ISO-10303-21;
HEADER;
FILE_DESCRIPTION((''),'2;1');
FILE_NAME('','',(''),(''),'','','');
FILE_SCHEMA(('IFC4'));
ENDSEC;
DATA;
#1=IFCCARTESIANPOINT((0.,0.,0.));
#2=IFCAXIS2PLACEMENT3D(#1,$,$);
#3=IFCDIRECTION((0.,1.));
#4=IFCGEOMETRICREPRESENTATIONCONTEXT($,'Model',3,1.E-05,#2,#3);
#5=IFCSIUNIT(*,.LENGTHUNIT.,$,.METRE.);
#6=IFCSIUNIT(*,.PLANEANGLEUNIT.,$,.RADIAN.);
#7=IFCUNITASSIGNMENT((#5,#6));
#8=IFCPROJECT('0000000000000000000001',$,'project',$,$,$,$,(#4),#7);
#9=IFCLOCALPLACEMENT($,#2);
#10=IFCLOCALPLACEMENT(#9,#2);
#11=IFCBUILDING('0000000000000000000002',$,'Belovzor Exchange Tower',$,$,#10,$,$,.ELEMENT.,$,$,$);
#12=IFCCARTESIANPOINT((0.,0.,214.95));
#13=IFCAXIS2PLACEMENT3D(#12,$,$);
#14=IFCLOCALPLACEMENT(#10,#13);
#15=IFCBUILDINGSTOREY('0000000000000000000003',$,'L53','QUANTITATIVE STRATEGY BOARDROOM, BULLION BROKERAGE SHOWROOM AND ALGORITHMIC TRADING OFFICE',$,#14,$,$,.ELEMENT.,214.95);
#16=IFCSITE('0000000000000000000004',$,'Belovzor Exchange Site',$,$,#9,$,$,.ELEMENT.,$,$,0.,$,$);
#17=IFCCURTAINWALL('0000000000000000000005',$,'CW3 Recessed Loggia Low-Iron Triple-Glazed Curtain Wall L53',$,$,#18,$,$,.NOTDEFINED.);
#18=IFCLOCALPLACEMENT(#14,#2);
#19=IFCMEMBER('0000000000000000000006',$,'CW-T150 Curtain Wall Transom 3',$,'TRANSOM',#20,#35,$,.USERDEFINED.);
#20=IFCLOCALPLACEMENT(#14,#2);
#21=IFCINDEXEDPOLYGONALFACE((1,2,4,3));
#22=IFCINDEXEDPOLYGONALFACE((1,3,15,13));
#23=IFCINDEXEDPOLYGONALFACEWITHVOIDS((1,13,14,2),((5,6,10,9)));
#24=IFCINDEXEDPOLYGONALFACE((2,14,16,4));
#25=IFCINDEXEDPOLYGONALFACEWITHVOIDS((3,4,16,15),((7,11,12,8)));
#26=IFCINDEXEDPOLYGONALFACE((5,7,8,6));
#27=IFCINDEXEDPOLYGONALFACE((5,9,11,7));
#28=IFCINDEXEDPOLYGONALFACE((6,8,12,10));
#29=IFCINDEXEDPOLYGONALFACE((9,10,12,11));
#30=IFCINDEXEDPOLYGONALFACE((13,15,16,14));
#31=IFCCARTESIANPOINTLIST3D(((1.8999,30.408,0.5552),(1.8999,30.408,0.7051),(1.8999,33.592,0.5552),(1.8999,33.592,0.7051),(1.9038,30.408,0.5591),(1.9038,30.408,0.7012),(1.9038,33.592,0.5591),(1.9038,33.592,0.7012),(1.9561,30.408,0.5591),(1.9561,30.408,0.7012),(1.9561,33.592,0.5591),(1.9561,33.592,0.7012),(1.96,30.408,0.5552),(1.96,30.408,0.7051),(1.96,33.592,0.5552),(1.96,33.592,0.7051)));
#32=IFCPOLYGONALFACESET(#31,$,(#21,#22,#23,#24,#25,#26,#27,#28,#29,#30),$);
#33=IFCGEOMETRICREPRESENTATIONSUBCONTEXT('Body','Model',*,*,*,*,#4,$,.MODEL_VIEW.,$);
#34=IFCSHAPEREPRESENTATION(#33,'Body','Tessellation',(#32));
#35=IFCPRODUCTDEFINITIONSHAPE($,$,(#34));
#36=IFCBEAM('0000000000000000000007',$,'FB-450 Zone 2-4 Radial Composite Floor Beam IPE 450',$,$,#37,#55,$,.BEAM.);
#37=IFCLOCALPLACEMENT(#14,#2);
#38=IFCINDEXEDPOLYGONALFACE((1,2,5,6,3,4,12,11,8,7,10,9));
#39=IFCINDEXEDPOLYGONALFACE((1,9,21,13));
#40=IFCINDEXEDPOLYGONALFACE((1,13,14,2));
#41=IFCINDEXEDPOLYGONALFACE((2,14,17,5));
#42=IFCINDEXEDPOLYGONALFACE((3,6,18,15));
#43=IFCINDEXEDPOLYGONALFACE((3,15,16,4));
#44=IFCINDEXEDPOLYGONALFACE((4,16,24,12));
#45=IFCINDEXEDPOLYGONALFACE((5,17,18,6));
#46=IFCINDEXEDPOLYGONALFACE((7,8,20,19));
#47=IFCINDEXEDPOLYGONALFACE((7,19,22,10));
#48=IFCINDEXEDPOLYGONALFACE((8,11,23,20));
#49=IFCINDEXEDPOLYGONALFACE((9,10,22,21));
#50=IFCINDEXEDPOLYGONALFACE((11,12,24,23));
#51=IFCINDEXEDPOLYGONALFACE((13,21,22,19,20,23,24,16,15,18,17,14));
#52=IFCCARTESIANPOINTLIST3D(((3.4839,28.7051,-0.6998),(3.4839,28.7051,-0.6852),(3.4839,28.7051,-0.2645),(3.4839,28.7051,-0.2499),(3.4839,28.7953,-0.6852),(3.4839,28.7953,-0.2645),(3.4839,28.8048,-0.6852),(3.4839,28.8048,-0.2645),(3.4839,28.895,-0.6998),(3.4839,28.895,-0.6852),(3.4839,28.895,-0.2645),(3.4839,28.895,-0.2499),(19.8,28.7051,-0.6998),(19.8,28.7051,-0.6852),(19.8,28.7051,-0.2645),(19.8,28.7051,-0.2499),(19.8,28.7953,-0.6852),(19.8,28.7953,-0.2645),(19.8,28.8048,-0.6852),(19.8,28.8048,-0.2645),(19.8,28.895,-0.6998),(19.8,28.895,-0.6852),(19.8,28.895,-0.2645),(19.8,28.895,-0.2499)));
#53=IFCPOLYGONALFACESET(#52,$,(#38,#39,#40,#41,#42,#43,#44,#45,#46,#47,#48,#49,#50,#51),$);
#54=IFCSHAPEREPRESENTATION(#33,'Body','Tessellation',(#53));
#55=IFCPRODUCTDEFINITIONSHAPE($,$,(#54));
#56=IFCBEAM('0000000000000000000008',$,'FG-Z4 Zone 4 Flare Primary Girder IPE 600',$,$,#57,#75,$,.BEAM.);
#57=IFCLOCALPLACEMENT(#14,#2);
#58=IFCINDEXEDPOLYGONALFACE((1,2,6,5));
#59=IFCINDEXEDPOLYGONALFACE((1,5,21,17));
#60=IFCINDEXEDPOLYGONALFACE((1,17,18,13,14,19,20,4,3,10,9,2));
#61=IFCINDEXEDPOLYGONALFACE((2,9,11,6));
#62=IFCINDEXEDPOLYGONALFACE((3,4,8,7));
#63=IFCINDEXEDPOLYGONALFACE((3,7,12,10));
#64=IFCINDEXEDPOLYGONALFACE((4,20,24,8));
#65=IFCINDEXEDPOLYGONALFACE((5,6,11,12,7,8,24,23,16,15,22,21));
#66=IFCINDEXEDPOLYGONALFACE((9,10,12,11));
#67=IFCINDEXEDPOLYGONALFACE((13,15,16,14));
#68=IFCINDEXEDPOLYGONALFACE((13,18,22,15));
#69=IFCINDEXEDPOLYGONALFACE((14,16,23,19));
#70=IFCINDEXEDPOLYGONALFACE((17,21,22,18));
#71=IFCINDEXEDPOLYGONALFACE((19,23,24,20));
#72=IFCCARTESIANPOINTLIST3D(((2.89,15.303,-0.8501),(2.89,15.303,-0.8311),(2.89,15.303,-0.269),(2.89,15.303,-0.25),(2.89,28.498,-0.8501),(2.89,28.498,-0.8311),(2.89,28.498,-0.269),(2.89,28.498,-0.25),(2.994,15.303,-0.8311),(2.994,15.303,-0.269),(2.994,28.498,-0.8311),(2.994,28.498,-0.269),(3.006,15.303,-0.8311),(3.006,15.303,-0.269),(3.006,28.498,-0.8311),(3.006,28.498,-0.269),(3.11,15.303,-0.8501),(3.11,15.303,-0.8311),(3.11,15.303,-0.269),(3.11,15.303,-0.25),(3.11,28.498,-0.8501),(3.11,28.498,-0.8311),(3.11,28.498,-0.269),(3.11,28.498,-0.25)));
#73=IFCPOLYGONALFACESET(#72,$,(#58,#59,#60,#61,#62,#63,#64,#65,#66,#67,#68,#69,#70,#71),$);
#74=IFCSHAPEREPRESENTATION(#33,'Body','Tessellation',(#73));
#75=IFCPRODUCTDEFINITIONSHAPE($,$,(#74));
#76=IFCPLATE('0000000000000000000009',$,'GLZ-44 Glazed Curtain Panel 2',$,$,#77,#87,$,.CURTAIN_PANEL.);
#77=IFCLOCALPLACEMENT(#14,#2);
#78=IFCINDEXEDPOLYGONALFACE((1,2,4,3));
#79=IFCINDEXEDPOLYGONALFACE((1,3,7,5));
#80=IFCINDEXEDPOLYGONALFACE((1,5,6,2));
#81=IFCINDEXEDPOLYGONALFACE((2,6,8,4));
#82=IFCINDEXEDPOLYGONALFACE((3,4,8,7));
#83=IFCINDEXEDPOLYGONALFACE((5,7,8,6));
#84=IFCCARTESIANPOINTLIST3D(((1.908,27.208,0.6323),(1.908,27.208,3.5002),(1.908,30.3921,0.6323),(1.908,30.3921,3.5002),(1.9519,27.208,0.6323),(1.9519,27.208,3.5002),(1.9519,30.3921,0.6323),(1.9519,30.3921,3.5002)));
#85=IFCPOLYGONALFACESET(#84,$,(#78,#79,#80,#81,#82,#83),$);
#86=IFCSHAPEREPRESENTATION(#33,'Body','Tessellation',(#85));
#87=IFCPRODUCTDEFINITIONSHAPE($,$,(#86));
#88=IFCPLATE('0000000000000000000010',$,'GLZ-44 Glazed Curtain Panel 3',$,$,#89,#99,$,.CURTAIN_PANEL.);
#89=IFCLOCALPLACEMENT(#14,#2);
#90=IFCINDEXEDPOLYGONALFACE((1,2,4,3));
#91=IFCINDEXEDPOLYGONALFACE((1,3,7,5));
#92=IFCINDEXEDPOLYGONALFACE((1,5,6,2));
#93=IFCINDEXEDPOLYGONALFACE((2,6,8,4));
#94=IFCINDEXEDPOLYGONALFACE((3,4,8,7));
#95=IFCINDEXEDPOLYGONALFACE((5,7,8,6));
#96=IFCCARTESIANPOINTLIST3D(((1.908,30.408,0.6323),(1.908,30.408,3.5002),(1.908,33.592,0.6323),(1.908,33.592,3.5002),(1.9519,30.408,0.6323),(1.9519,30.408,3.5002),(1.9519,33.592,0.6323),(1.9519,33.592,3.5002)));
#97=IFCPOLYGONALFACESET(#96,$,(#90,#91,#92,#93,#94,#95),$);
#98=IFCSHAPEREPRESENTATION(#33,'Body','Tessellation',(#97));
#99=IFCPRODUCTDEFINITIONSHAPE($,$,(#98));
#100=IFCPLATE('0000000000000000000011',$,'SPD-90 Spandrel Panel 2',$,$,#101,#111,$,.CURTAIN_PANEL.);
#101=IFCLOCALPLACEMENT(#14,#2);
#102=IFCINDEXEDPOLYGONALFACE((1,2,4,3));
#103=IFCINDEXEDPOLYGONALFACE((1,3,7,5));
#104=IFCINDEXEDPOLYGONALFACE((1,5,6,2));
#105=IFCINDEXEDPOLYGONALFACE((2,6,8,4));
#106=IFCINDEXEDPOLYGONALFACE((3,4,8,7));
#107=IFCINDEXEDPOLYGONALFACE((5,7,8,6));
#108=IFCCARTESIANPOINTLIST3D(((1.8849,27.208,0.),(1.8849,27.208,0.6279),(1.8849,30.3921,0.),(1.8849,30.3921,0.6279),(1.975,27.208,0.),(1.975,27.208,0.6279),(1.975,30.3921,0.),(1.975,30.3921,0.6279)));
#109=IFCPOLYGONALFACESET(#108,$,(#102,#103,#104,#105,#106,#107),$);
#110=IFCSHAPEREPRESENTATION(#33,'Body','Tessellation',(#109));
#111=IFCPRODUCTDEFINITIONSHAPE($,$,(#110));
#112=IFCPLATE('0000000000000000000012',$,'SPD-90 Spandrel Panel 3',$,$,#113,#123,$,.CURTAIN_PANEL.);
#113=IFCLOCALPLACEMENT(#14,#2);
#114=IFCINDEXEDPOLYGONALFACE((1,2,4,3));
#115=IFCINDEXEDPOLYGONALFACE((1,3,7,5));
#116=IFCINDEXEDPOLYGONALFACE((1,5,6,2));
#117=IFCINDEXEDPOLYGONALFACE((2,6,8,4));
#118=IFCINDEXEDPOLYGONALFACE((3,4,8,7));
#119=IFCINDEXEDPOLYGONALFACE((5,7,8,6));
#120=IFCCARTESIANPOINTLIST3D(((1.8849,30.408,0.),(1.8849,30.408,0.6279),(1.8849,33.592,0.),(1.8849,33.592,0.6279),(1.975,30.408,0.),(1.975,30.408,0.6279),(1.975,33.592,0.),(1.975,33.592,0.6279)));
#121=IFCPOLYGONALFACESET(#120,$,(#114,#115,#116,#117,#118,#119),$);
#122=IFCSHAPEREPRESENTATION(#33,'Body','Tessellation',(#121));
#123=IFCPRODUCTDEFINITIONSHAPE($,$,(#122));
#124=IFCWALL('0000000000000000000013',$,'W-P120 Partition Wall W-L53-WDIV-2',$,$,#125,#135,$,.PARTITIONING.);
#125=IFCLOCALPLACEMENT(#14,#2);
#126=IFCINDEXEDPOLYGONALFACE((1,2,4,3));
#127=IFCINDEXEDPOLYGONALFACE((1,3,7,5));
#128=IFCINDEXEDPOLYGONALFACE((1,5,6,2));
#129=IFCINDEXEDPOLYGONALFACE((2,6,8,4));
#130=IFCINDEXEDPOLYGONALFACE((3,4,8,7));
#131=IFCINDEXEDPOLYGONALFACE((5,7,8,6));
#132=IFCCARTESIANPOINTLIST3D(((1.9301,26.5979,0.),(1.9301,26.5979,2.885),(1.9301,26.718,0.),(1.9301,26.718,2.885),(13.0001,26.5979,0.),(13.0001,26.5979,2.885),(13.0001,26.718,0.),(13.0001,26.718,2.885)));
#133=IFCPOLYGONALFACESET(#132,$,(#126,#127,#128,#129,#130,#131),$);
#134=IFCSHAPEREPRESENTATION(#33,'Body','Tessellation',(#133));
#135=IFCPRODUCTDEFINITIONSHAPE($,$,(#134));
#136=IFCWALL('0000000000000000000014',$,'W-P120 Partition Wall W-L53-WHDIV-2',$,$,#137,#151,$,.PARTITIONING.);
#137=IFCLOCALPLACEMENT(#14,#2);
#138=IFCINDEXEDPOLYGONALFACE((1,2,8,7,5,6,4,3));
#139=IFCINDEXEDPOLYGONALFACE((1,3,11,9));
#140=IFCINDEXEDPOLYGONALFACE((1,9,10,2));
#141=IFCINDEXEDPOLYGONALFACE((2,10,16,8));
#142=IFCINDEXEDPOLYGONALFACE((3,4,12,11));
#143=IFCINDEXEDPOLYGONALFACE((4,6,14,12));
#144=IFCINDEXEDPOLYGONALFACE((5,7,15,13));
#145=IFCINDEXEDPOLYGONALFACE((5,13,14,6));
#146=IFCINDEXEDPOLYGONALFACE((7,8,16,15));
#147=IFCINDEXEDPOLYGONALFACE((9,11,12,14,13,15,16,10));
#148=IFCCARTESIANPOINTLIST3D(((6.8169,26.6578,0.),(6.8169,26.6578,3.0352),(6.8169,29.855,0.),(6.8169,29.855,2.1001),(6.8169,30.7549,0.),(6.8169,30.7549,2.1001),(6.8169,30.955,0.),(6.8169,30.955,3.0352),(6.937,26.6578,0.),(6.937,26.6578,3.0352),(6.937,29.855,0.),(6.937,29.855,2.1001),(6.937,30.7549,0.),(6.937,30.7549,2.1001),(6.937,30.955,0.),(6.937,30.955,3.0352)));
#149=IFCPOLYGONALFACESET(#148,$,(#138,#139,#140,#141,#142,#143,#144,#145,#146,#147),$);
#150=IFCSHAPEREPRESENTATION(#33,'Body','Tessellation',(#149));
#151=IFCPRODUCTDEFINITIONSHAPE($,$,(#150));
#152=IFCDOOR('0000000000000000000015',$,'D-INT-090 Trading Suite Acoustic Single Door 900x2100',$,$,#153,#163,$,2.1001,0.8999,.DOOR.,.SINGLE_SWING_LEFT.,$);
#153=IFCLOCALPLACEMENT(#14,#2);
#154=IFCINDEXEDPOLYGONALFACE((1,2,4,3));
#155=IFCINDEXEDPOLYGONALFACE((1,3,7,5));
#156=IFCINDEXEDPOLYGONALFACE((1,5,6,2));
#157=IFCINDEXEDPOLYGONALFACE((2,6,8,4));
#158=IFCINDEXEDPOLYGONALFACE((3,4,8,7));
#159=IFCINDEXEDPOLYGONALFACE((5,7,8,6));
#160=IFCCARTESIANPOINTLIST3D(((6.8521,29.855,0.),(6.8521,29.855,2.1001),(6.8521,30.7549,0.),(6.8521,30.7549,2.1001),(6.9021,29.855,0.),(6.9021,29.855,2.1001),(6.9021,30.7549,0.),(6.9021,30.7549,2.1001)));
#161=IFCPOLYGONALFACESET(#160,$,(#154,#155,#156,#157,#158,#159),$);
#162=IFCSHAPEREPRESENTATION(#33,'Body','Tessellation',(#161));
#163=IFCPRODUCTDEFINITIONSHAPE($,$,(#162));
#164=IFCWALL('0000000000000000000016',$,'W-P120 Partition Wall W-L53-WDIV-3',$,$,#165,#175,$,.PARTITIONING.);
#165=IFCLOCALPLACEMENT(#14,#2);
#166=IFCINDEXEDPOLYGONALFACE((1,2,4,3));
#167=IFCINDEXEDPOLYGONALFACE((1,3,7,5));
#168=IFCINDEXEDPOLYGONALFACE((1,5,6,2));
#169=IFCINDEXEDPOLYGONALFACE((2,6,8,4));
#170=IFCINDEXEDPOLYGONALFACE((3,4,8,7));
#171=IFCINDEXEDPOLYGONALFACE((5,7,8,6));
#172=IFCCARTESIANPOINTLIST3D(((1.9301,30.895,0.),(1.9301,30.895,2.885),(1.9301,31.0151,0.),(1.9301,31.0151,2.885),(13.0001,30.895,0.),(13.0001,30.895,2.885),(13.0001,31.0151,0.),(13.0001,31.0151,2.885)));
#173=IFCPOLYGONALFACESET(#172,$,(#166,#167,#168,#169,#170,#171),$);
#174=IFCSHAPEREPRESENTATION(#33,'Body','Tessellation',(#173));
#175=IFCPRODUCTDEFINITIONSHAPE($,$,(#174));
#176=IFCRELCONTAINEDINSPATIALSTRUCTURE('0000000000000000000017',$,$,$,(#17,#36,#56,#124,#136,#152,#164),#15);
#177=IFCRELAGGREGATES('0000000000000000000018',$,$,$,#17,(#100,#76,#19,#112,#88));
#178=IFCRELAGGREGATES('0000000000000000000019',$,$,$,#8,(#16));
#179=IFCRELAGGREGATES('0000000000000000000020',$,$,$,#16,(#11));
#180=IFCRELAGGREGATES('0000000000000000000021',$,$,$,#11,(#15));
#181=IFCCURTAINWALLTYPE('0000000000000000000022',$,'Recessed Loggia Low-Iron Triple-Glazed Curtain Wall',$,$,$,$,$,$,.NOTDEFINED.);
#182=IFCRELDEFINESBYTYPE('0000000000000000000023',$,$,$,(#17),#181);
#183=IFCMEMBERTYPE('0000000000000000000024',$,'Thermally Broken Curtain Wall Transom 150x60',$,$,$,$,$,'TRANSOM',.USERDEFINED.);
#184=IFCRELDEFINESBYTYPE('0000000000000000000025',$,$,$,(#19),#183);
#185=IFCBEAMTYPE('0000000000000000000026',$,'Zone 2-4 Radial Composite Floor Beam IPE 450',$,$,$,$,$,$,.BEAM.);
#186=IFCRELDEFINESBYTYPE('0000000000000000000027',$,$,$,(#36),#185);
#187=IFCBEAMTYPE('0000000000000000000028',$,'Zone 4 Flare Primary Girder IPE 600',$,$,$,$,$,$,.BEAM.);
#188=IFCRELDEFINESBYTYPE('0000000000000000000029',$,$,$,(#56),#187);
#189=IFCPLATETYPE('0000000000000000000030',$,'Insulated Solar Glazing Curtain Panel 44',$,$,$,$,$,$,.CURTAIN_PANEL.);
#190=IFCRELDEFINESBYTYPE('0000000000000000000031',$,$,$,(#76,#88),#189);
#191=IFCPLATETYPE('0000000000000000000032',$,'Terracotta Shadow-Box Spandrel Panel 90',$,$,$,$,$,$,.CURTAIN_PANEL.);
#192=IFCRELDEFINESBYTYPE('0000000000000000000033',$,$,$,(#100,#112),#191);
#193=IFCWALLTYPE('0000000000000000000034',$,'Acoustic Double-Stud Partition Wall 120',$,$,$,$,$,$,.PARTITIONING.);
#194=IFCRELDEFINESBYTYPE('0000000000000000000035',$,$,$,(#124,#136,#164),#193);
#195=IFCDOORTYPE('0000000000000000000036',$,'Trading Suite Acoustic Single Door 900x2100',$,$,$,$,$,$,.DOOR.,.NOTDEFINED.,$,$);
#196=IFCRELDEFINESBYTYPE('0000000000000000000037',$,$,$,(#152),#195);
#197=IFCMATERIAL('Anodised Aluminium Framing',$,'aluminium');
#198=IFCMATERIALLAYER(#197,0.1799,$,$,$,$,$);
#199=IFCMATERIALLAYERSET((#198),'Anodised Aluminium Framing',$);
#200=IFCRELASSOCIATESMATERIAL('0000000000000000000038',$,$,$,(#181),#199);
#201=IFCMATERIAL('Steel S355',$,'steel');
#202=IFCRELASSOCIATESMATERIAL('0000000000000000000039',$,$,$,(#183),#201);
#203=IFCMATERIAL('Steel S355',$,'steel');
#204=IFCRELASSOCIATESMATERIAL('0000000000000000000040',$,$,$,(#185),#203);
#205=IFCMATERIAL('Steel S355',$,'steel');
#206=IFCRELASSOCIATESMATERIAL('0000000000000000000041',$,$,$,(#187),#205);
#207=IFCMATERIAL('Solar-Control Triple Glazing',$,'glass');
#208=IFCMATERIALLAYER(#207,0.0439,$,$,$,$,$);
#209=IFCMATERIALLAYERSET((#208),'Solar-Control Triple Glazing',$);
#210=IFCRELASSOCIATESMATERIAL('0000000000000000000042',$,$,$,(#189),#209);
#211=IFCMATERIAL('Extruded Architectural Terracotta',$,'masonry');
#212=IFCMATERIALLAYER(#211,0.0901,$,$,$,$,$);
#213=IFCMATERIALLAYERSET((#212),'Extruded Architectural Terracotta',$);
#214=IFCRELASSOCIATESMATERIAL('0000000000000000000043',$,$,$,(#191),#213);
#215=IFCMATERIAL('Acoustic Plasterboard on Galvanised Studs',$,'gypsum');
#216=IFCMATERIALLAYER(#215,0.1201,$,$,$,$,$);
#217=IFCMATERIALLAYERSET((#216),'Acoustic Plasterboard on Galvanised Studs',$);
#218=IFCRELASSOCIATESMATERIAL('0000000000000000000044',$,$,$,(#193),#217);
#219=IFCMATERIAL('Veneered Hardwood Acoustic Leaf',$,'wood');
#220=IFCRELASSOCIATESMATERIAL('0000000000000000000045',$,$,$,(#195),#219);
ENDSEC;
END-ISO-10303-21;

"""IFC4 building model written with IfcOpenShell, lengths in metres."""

from ifc_helpers import new_model, si_unit, direction, frame, frame_2d, origin, origin_2d, place, context, subcontext, project, spatial, rectangle, hollow_rectangle, i_section, extrude, material, layer, layer_set, material_profile, profile_set, type_object, element, fill, aggregate, save


model = new_model("IFC4")

# Units and contexts
model_context = context("Model", 3, precision=1e-05, world=origin(), true_north=direction((0.0, 1.0)))
body_context = subcontext(model_context, "Body", "Model", "MODEL_VIEW")
ifc_project = project(units=[si_unit("LENGTHUNIT", "METRE"), si_unit("PLANEANGLEUNIT", "RADIAN")], contexts=[model_context])

# Site, building, storey
site_placement = place(None, origin())
site = spatial("IfcSite", under=ifc_project, at=site_placement, Name="Belovzor Exchange Site", CompositionType="ELEMENT", RefElevation=0.0)
building_placement = place(site_placement, origin())
building = spatial("IfcBuilding", under=site, at=building_placement, Name="Belovzor Exchange Tower", CompositionType="ELEMENT")
storey_placement = place(building_placement, frame((0.0, 0.0, 214.95)))
storey = spatial("IfcBuildingStorey", under=building, at=storey_placement, Name="L53", Description="QUANTITATIVE STRATEGY BOARDROOM, BULLION BROKERAGE SHOWROOM AND ALGORITHMIC TRADING OFFICE", CompositionType="ELEMENT", Elevation=214.95)

# Curtain wall, member
ifc_material_1 = material(Name="Anodised Aluminium Framing", Category="aluminium")
ifc_layer_1 = layer(ifc_material_1, 0.1799)
ifc_layer_set_1 = layer_set([ifc_layer_1], Name="Anodised Aluminium Framing")
curtain_wall_type = type_object("IfcCurtainWallType", Name="Recessed Loggia Low-Iron Triple-Glazed Curtain Wall", PredefinedType="NOTDEFINED", material=ifc_layer_set_1)
curtain_wall_placement = place(storey_placement, origin())
curtain_wall = element("IfcCurtainWall", 1, at=curtain_wall_placement, inside=storey, type_object=curtain_wall_type, Name="CW3 Recessed Loggia Low-Iron Triple-Glazed Curtain Wall L53", PredefinedType="NOTDEFINED")
ifc_material_2 = material(Name="Steel S355", Category="steel")
ifc_material_profile_1 = material_profile(ifc_material_2, hollow_rectangle(XDim=0.0601, YDim=0.1499, WallThickness=0.0039, at=origin_2d()))
ifc_profile_set_1 = profile_set([ifc_material_profile_1], Name="Steel S355")
member_type_1 = type_object("IfcMemberType", Name="Thermally Broken Curtain Wall Transom 150x60", ElementType="TRANSOM", PredefinedType="USERDEFINED", material=ifc_profile_set_1)
member_1_placement = place(storey_placement, frame((1.9299, 30.408, 0.6301), z_axis=(0.0, 1.0, 0.0), x_axis=(-1.0, 0.0, 0.0)))
member_1 = element("IfcMember", 2, at=member_1_placement, type_object=member_type_1, Name="CW-T150 Curtain Wall Transom 3", ObjectType="TRANSOM", PredefinedType="USERDEFINED", context=body_context, shape_type="SweptSolid", body=[
    extrude(hollow_rectangle(XDim=0.0601, YDim=0.1499, WallThickness=0.0039, at=origin_2d()), origin(), (0.0, 0.0, 1.0), 3.1841),
])

# Beams
ifc_material_3 = material(Name="Steel S355", Category="steel")
ifc_material_profile_2 = material_profile(ifc_material_3, i_section(OverallWidth=0.1899, OverallDepth=0.45, WebThickness=0.0095, FlangeThickness=0.0146, at=origin_2d()))
ifc_profile_set_2 = profile_set([ifc_material_profile_2], Name="Steel S355")
beam_type_1 = type_object("IfcBeamType", Name="Zone 2-4 Radial Composite Floor Beam IPE 450", PredefinedType="BEAM", material=ifc_profile_set_2)
beam_1_placement = place(storey_placement, frame((19.8, 28.8, -0.4749), z_axis=(-1.0, 0.0, 0.0), x_axis=(0.0, -1.0, 0.0)))
element("IfcBeam", 3, at=beam_1_placement, inside=storey, type_object=beam_type_1, Name="FB-450 Zone 2-4 Radial Composite Floor Beam IPE 450", PredefinedType="BEAM", context=body_context, shape_type="SweptSolid", body=[
    extrude(i_section(OverallWidth=0.1899, OverallDepth=0.45, WebThickness=0.0095, FlangeThickness=0.0146, at=origin_2d()), origin(), (0.0, 0.0, 1.0), 16.3162),
])
ifc_material_4 = material(Name="Steel S355", Category="steel")
ifc_material_profile_3 = material_profile(ifc_material_4, i_section(OverallWidth=0.22, OverallDepth=0.6001, WebThickness=0.012, FlangeThickness=0.019, at=origin_2d()))
ifc_profile_set_3 = profile_set([ifc_material_profile_3], Name="Steel S355")
beam_type_2 = type_object("IfcBeamType", Name="Zone 4 Flare Primary Girder IPE 600", PredefinedType="BEAM", material=ifc_profile_set_3)
beam_2_placement = place(storey_placement, frame((3.0, 28.498, -0.55), z_axis=(0.0, -1.0, 0.0), x_axis=(1.0, 0.0, 0.0)))
element("IfcBeam", 4, at=beam_2_placement, inside=storey, type_object=beam_type_2, Name="FG-Z4 Zone 4 Flare Primary Girder IPE 600", PredefinedType="BEAM", context=body_context, shape_type="SweptSolid", body=[
    extrude(i_section(OverallWidth=0.22, OverallDepth=0.6001, WebThickness=0.012, FlangeThickness=0.019, at=origin_2d()), origin(), (0.0, 0.0, 1.0), 13.1951),
])

# Plates
ifc_material_5 = material(Name="Solar-Control Triple Glazing", Category="glass")
ifc_layer_2 = layer(ifc_material_5, 0.0439)
ifc_layer_set_2 = layer_set([ifc_layer_2], Name="Solar-Control Triple Glazing")
plate_type_1 = type_object("IfcPlateType", Name="Insulated Solar Glazing Curtain Panel 44", PredefinedType="CURTAIN_PANEL", material=ifc_layer_set_2)
plate_1_placement = place(storey_placement, frame((1.9299, 28.8, 0.6323), z_axis=(0.0, 0.0, 1.0), x_axis=(0.0, 1.0, 0.0)))
plate_1 = element("IfcPlate", 5, at=plate_1_placement, type_object=plate_type_1, Name="GLZ-44 Glazed Curtain Panel 2", PredefinedType="CURTAIN_PANEL", context=body_context, shape_type="SweptSolid", body=[
    extrude(rectangle(XDim=3.1841, YDim=0.0439, at=origin_2d()), origin(), (0.0, 0.0, 1.0), 2.8679),
])
plate_2_placement = place(storey_placement, frame((1.9299, 32.0, 0.6323), z_axis=(0.0, 0.0, 1.0), x_axis=(0.0, 1.0, 0.0)))
plate_2 = element("IfcPlate", 6, at=plate_2_placement, type_object=plate_type_1, Name="GLZ-44 Glazed Curtain Panel 3", PredefinedType="CURTAIN_PANEL", context=body_context, shape_type="SweptSolid", body=[
    extrude(rectangle(XDim=3.1841, YDim=0.0439, at=origin_2d()), origin(), (0.0, 0.0, 1.0), 2.8679),
])
ifc_material_6 = material(Name="Extruded Architectural Terracotta", Category="masonry")
ifc_layer_3 = layer(ifc_material_6, 0.0901)
ifc_layer_set_3 = layer_set([ifc_layer_3], Name="Extruded Architectural Terracotta")
plate_type_2 = type_object("IfcPlateType", Name="Terracotta Shadow-Box Spandrel Panel 90", PredefinedType="CURTAIN_PANEL", material=ifc_layer_set_3)
plate_3_placement = place(storey_placement, frame((1.9299, 28.8, 0.0), z_axis=(0.0, 0.0, 1.0), x_axis=(0.0, 1.0, 0.0)))
plate_3 = element("IfcPlate", 7, at=plate_3_placement, type_object=plate_type_2, Name="SPD-90 Spandrel Panel 2", PredefinedType="CURTAIN_PANEL", context=body_context, shape_type="SweptSolid", body=[
    extrude(rectangle(XDim=3.1841, YDim=0.0901, at=origin_2d()), origin(), (0.0, 0.0, 1.0), 0.6279),
])
plate_4_placement = place(storey_placement, frame((1.9299, 32.0, 0.0), z_axis=(0.0, 0.0, 1.0), x_axis=(0.0, 1.0, 0.0)))
plate_4 = element("IfcPlate", 8, at=plate_4_placement, type_object=plate_type_2, Name="SPD-90 Spandrel Panel 3", PredefinedType="CURTAIN_PANEL", context=body_context, shape_type="SweptSolid", body=[
    extrude(rectangle(XDim=3.1841, YDim=0.0901, at=origin_2d()), origin(), (0.0, 0.0, 1.0), 0.6279),
])
aggregate(curtain_wall, [plate_3, plate_1, member_1, plate_4, plate_2])

# Wall
ifc_material_7 = material(Name="Acoustic Plasterboard on Galvanised Studs", Category="gypsum")
ifc_layer_4 = layer(ifc_material_7, 0.1201)
ifc_layer_set_4 = layer_set([ifc_layer_4], Name="Acoustic Plasterboard on Galvanised Studs")
wall_type_1 = type_object("IfcWallType", Name="Acoustic Double-Stud Partition Wall 120", PredefinedType="PARTITIONING", material=ifc_layer_set_4)
wall_1_placement = place(storey_placement, frame((1.9299, 26.658, 0.0), z_axis=(0.0, 0.0, 1.0), x_axis=(1.0, 0.0, 0.0)))
element("IfcWall", 9, at=wall_1_placement, inside=storey, type_object=wall_type_1, Name="W-P120 Partition Wall W-L53-WDIV-2", PredefinedType="PARTITIONING", context=body_context, shape_type="SweptSolid", body=[
    extrude(rectangle(XDim=11.0701, YDim=0.1201, at=frame_2d((5.5352, 0.0))), origin(), (0.0, 0.0, 1.0), 2.885),
])

# Wall, opening, door
wall_2_placement = place(storey_placement, frame((6.877, 26.658, 0.0), z_axis=(0.0, 0.0, 1.0), x_axis=(0.0, 1.0, 0.0)))
wall_2 = element("IfcWall", 10, at=wall_2_placement, inside=storey, type_object=wall_type_1, Name="W-P120 Partition Wall W-L53-WHDIV-2", PredefinedType="PARTITIONING", context=body_context, shape_type="SweptSolid", body=[
    extrude(rectangle(XDim=4.2971, YDim=0.1201, at=frame_2d((2.1484, 0.0))), origin(), (0.0, 0.0, 1.0), 3.0352),
])
opening_1_placement = place(wall_2_placement, frame((3.197, 0.0, 0.0)))
opening_1 = element("IfcOpeningElement", 11, at=opening_1_placement, cuts=wall_2, PredefinedType="OPENING", context=body_context, shape_type="SweptSolid", body=[
    extrude(rectangle(XDim=0.8999, YDim=2.1001, at=frame_2d((0.45, 1.05))), frame((0.0, 0.0701, 0.0), z_axis=(0.0, -1.0, 0.0), x_axis=(1.0, 0.0, 0.0)), (0.0, 0.0, 1.0), 0.1401),
])
ifc_material_8 = material(Name="Veneered Hardwood Acoustic Leaf", Category="wood")
door_type_1 = type_object("IfcDoorType", Name="Trading Suite Acoustic Single Door 900x2100", OperationType="NOTDEFINED", PredefinedType="DOOR", material=ifc_material_8)
door_1_placement = place(opening_1_placement, origin())
door_1 = element("IfcDoor", 12, at=door_1_placement, inside=storey, type_object=door_type_1, Name="D-INT-090 Trading Suite Acoustic Single Door 900x2100", OperationType="SINGLE_SWING_LEFT", OverallHeight=2.1001, OverallWidth=0.8999, PredefinedType="DOOR", context=body_context, shape_type="SweptSolid", body=[
    extrude(rectangle(XDim=0.8999, YDim=2.1001, at=frame_2d((0.45, 1.05))), frame((0.0, 0.0249, 0.0), z_axis=(0.0, -1.0, 0.0), x_axis=(1.0, 0.0, 0.0)), (0.0, 0.0, 1.0), 0.05),
])
fill(opening_1, door_1)

# Wall
wall_3_placement = place(storey_placement, frame((1.9299, 30.9551, 0.0), z_axis=(0.0, 0.0, 1.0), x_axis=(1.0, 0.0, 0.0)))
element("IfcWall", 13, at=wall_3_placement, inside=storey, type_object=wall_type_1, Name="W-P120 Partition Wall W-L53-WDIV-3", PredefinedType="PARTITIONING", context=body_context, shape_type="SweptSolid", body=[
    extrude(rectangle(XDim=11.0701, YDim=0.1201, at=frame_2d((5.5352, 0.0))), origin(), (0.0, 0.0, 1.0), 2.885),
])

save(model, "model.ifc")
